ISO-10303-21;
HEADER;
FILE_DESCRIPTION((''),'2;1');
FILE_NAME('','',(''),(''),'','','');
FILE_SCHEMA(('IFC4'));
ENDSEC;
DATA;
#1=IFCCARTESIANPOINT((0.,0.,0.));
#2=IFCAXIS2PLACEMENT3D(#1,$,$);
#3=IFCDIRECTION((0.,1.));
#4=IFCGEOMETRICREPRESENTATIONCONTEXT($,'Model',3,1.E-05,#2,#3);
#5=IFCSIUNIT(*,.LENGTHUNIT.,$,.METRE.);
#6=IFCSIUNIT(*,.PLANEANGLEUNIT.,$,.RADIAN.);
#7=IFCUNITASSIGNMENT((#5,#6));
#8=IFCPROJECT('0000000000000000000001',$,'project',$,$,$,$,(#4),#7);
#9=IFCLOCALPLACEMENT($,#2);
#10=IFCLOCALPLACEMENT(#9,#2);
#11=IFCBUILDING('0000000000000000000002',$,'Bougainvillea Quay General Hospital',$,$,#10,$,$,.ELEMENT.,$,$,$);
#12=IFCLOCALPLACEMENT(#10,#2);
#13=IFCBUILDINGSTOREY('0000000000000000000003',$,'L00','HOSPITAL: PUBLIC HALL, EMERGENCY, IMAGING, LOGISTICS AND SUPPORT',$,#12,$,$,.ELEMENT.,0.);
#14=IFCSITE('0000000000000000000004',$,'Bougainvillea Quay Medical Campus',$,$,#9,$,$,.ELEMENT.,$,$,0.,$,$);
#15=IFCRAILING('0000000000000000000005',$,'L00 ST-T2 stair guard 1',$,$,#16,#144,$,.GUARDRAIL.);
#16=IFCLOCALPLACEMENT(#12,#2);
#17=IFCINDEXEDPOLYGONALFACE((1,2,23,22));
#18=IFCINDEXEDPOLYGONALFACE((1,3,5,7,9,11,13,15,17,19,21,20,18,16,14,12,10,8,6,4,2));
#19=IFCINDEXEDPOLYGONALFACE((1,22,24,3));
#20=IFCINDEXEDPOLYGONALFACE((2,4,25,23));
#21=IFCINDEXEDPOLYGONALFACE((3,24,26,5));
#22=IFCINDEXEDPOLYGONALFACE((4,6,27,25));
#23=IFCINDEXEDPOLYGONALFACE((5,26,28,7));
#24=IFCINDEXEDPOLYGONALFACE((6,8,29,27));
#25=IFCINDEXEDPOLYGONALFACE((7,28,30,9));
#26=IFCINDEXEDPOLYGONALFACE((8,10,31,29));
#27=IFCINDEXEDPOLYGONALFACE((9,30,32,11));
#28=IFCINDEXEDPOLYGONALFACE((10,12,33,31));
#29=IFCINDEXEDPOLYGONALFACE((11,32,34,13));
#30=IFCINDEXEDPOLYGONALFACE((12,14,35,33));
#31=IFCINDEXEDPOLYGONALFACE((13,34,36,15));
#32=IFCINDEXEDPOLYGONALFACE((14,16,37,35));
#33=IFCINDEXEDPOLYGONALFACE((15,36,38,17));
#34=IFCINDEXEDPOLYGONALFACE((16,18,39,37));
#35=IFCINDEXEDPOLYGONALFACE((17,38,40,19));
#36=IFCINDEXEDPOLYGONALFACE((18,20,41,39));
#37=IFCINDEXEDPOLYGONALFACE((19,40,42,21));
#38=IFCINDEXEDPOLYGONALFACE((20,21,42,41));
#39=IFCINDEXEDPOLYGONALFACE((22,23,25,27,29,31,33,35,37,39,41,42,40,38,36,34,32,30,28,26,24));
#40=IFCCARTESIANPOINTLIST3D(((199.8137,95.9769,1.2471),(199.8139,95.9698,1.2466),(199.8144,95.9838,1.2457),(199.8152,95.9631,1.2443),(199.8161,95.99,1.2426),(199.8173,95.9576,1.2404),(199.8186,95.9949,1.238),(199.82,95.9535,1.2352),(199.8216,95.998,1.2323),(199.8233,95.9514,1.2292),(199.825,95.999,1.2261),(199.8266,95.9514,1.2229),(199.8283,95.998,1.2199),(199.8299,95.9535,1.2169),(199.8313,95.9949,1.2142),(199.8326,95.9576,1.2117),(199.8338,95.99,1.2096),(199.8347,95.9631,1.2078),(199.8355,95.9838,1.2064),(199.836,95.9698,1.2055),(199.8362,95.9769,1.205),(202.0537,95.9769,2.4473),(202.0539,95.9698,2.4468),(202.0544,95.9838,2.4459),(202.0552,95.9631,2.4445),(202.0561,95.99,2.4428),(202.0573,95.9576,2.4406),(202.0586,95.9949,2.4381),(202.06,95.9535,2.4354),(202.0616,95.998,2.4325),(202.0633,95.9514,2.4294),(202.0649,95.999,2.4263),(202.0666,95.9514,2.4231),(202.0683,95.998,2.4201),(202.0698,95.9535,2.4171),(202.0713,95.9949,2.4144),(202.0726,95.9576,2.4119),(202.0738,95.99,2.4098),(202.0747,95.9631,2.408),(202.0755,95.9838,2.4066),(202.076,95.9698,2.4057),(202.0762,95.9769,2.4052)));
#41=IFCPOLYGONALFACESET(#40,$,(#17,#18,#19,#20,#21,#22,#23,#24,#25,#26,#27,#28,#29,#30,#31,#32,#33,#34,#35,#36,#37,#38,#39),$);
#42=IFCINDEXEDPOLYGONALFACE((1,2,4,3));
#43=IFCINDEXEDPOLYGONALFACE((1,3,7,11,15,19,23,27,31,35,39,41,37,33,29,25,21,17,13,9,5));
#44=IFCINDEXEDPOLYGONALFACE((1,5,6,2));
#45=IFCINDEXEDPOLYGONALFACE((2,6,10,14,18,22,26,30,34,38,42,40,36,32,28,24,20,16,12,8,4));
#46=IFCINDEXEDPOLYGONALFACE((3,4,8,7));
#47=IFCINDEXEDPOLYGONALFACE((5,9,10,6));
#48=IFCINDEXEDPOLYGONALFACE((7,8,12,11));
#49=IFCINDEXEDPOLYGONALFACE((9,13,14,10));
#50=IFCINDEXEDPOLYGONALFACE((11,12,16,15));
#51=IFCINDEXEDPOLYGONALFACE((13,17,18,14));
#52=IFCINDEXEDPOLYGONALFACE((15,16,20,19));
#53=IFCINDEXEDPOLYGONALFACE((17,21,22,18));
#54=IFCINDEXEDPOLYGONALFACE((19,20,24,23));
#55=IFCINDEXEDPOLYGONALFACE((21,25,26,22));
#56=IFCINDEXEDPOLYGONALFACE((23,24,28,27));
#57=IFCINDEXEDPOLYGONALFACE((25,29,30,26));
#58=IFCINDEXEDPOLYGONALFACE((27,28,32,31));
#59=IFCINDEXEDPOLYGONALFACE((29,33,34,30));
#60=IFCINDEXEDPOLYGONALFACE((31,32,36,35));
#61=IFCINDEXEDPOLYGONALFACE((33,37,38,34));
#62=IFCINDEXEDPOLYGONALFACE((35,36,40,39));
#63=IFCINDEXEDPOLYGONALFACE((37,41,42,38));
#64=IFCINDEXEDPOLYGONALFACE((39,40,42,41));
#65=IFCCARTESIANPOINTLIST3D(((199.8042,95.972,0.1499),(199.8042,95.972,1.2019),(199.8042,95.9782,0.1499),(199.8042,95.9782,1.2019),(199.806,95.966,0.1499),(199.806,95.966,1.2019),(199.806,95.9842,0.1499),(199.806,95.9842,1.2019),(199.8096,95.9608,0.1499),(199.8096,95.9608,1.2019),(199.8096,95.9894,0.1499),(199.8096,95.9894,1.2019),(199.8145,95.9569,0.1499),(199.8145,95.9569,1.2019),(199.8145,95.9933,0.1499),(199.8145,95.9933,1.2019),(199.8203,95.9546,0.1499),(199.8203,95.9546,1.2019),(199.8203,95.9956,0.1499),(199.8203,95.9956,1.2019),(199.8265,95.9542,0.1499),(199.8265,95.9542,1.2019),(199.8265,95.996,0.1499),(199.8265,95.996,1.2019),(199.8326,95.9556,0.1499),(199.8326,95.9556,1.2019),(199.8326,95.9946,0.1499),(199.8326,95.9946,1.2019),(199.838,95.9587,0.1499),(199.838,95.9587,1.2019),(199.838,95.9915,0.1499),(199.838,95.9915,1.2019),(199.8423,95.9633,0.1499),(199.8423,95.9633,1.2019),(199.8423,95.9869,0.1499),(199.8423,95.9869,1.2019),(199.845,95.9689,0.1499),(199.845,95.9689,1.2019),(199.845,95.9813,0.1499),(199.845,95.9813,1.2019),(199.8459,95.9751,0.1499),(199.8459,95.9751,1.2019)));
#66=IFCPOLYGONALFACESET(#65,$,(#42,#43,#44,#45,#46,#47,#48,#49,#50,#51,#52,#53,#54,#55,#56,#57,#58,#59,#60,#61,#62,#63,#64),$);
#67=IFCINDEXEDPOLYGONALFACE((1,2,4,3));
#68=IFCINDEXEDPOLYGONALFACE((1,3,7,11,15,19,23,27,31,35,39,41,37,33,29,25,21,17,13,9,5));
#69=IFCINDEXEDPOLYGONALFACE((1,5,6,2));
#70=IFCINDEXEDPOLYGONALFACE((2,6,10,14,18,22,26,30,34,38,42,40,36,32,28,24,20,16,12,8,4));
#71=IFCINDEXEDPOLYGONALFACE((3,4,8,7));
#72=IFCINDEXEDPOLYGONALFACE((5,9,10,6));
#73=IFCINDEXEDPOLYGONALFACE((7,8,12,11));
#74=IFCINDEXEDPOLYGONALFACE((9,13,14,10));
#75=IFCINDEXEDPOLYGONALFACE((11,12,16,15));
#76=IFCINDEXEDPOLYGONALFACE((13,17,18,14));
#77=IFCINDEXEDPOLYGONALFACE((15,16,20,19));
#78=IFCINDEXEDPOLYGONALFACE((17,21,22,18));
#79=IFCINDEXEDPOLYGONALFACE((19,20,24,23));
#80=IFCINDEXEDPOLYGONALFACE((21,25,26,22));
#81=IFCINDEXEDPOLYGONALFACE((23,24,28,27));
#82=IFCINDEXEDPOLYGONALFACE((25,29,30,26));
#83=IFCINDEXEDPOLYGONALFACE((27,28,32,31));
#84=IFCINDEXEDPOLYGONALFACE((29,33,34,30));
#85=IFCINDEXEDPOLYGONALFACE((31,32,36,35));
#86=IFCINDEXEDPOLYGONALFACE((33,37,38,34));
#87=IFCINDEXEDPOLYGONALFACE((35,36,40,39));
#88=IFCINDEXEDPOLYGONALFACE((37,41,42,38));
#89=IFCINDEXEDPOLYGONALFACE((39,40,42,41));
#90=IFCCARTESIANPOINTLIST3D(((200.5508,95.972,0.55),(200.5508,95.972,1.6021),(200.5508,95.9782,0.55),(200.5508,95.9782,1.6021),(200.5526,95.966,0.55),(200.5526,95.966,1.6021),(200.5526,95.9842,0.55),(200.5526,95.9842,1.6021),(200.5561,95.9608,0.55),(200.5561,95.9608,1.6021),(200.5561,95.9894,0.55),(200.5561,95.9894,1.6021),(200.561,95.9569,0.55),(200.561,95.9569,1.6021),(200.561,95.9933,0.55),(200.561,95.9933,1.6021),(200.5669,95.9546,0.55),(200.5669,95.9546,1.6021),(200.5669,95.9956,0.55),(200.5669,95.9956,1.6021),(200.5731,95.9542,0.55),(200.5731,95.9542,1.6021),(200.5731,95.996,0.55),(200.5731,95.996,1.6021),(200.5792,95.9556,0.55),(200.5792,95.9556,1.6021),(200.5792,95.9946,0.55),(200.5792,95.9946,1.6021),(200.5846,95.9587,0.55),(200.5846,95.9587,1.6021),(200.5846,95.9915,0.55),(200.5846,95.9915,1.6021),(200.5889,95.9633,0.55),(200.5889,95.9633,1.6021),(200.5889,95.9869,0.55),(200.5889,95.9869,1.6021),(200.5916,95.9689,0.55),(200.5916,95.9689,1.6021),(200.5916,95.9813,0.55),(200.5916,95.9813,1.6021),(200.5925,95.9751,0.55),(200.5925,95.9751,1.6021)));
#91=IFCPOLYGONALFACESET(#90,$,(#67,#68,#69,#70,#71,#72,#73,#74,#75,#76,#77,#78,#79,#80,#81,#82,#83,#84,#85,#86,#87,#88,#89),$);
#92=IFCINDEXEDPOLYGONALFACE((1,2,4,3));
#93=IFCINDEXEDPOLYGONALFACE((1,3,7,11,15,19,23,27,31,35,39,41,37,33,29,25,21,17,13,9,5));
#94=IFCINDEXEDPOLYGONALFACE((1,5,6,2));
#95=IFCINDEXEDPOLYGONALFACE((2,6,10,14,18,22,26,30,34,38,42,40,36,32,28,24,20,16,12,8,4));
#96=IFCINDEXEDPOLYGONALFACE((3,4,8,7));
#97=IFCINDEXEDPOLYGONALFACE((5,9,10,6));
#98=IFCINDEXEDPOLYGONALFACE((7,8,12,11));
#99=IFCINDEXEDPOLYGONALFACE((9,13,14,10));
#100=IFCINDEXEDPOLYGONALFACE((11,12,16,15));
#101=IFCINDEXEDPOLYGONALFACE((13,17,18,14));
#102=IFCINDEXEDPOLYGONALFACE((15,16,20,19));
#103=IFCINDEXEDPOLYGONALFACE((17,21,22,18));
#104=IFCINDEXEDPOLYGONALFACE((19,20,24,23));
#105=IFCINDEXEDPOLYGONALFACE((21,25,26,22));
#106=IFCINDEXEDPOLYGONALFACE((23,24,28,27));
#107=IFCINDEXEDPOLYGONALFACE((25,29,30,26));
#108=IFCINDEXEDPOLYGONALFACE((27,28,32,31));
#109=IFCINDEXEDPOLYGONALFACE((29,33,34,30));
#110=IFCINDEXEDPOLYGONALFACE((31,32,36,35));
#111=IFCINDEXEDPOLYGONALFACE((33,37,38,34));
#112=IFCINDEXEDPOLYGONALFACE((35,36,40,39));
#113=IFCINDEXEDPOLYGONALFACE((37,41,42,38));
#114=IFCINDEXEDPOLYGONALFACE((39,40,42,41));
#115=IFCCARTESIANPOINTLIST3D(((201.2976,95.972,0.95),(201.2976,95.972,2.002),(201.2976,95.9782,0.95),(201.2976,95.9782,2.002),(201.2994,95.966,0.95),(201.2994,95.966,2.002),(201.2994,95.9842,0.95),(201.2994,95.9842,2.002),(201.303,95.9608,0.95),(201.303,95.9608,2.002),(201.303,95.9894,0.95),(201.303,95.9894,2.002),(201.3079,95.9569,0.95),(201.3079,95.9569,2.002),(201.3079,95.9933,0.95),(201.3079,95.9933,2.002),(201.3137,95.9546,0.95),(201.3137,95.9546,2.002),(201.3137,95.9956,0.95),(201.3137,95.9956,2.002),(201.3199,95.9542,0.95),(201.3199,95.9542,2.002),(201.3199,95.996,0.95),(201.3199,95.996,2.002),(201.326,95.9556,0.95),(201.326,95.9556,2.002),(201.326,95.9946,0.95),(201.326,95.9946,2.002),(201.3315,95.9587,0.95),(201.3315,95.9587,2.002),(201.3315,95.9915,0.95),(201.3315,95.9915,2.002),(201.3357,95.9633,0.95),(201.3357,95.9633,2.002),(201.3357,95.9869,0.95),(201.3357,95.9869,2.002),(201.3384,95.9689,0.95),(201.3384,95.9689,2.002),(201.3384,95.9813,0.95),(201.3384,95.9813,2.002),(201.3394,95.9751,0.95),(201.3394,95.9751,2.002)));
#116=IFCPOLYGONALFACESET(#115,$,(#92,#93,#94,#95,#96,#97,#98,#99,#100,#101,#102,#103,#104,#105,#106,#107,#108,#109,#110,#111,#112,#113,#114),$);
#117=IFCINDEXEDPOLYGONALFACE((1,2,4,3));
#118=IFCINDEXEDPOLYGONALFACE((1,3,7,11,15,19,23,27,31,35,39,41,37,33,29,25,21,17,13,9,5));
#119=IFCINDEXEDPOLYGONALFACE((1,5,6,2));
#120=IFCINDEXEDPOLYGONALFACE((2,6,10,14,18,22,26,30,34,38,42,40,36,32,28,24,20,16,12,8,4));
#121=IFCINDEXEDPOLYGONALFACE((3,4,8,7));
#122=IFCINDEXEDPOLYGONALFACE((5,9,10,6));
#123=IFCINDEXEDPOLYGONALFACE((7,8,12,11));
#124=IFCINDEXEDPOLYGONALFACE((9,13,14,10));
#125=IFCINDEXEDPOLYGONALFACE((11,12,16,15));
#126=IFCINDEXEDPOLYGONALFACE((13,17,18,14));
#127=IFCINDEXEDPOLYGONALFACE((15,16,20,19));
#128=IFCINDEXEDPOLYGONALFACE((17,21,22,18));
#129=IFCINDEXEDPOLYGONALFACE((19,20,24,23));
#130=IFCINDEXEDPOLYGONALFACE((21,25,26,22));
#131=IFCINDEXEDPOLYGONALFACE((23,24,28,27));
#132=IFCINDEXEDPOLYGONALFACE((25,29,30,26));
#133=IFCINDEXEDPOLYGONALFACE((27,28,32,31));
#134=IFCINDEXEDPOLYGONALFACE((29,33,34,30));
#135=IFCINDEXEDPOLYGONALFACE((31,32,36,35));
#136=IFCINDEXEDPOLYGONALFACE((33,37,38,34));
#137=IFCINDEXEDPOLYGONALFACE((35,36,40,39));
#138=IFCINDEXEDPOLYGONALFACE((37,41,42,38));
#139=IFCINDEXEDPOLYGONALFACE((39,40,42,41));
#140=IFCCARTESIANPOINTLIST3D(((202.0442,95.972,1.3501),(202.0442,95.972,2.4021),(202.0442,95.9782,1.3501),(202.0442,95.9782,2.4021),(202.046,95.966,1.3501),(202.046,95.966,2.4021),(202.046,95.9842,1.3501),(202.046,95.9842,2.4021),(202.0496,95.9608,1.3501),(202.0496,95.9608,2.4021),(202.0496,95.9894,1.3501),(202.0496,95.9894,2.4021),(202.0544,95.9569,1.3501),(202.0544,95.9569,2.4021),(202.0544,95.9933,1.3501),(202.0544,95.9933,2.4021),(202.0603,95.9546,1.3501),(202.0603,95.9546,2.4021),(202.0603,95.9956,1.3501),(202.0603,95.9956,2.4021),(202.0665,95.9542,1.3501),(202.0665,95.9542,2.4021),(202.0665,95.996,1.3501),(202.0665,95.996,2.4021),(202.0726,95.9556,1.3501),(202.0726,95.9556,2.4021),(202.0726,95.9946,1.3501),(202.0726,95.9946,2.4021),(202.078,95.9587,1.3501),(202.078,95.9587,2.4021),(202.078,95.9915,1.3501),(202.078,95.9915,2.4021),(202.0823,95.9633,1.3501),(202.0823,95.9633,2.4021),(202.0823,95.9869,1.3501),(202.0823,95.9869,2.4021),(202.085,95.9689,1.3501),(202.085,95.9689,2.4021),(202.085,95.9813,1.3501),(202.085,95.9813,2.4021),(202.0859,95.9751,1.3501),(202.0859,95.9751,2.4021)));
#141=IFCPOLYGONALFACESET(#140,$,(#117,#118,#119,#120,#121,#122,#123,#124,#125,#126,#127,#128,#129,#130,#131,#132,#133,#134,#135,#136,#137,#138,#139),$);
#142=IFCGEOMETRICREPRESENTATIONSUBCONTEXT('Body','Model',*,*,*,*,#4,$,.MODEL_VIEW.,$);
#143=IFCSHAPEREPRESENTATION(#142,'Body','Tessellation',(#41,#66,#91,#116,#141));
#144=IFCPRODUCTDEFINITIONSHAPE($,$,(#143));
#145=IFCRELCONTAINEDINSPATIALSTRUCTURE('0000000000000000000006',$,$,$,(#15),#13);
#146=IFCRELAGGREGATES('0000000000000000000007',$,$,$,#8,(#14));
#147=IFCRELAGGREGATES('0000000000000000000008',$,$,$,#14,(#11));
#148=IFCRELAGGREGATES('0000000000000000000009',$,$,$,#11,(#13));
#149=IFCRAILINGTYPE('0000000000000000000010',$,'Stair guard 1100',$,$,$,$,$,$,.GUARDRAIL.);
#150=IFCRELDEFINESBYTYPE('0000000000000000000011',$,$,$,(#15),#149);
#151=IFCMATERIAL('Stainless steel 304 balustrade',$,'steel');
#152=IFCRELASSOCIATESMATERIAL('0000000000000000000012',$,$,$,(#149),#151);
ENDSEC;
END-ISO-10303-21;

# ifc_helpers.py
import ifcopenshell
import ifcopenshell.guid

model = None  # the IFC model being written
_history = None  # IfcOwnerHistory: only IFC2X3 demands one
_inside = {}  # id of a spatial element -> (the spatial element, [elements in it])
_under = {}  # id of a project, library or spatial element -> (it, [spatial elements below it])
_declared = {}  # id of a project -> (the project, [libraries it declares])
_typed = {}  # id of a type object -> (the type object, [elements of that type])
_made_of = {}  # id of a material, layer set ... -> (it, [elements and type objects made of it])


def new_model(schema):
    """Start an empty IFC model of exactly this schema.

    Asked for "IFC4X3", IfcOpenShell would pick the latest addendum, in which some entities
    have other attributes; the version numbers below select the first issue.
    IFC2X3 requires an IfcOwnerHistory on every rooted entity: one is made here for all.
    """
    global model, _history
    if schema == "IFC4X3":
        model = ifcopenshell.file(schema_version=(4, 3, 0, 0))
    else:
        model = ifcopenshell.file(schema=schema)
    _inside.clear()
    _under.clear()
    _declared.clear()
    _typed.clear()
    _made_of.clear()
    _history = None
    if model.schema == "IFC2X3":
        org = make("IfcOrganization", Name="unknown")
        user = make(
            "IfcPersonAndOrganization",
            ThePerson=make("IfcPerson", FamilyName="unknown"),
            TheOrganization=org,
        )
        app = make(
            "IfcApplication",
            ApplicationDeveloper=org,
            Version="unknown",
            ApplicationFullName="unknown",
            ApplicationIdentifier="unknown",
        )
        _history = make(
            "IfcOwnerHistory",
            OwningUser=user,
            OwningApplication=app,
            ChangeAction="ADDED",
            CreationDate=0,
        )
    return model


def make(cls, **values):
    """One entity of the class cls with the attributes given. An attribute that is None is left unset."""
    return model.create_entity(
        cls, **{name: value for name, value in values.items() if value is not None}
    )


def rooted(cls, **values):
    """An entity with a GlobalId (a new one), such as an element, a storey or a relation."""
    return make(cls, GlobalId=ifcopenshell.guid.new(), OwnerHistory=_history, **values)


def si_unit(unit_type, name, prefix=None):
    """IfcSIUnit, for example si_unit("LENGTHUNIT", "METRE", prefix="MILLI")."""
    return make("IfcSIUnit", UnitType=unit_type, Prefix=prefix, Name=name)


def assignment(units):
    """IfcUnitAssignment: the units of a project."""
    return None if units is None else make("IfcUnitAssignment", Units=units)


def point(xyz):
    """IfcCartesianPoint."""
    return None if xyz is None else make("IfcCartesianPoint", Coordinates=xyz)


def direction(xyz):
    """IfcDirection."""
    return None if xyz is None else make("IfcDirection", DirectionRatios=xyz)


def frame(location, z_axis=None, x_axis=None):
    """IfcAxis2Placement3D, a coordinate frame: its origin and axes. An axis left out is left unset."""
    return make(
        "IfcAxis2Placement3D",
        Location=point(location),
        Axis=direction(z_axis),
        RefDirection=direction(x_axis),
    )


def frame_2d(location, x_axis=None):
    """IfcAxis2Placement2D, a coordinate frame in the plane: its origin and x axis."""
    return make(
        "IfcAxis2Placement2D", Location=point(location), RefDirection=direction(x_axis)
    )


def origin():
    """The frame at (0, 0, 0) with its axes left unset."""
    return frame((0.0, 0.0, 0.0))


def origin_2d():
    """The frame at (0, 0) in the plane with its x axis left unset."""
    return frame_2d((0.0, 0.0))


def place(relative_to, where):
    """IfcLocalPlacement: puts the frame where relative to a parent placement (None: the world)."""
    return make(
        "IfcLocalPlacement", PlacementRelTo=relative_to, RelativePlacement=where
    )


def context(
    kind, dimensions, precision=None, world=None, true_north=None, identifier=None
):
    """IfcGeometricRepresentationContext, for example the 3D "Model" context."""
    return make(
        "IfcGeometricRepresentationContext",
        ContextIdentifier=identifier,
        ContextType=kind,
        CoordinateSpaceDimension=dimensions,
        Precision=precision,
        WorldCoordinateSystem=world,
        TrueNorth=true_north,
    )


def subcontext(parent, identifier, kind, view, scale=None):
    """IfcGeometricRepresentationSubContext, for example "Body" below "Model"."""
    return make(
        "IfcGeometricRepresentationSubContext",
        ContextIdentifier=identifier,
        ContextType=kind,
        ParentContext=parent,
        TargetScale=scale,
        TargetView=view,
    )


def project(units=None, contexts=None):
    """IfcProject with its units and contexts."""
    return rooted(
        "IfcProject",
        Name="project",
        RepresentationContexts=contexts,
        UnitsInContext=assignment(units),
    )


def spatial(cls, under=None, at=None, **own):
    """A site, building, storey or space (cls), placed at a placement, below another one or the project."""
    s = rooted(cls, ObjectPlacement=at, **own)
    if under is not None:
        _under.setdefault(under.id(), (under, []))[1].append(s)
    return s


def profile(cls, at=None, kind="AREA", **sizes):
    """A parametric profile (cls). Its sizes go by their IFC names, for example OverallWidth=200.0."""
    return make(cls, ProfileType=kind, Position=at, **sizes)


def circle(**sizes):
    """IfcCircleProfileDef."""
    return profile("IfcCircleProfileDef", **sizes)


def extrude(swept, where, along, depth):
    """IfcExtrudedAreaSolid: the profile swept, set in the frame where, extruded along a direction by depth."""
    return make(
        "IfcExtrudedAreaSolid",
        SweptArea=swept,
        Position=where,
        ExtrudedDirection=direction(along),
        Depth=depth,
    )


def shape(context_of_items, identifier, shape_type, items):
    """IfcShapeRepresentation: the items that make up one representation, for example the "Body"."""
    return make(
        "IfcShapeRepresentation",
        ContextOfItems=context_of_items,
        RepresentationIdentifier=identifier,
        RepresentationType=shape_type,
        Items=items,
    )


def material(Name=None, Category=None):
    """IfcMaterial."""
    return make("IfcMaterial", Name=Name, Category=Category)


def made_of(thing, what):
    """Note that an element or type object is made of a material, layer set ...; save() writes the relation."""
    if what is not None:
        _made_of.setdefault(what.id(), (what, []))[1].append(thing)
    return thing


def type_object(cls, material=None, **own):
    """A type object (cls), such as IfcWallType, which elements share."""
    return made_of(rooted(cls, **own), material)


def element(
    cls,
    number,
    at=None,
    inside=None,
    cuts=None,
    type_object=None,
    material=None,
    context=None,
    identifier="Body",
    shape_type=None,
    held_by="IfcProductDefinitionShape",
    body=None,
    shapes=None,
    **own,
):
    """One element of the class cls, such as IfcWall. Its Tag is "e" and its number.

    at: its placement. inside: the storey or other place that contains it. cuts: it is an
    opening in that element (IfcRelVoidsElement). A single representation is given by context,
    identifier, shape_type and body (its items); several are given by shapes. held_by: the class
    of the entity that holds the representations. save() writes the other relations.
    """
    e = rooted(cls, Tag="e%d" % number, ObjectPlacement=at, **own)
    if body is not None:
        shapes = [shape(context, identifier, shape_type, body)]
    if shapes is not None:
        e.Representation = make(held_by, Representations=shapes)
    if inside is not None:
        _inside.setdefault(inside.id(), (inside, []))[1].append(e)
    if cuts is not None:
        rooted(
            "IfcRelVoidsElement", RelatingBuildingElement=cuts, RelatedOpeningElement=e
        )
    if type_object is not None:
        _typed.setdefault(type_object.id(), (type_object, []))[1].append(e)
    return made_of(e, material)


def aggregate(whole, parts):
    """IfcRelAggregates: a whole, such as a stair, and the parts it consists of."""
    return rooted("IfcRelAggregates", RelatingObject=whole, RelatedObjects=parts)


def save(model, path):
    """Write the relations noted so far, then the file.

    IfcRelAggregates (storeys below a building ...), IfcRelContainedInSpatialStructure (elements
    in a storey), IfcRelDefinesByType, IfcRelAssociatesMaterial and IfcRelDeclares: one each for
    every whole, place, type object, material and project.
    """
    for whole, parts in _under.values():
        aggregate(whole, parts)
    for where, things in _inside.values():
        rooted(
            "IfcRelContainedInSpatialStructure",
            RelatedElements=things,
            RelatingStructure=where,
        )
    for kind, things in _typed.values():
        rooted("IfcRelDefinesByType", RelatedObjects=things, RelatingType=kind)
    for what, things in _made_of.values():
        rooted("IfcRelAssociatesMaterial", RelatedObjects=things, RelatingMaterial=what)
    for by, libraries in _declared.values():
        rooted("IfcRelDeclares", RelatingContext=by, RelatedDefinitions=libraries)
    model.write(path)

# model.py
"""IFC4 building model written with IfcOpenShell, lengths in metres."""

from ifc_helpers import new_model, si_unit, direction, frame, origin, origin_2d, place, context, subcontext, project, spatial, circle, extrude, material, type_object, element, save


model = new_model("IFC4")

# Units and contexts
model_context = context("Model", 3, precision=1e-05, world=origin(), true_north=direction((0.0, 1.0)))
body_context = subcontext(model_context, "Body", "Model", "MODEL_VIEW")
ifc_project = project(units=[si_unit("LENGTHUNIT", "METRE"), si_unit("PLANEANGLEUNIT", "RADIAN")], contexts=[model_context])

# Site, building, storey
site_placement = place(None, origin())
site = spatial("IfcSite", under=ifc_project, at=site_placement, Name="Bougainvillea Quay Medical Campus", CompositionType="ELEMENT", RefElevation=0.0)
building_placement = place(site_placement, origin())
building = spatial("IfcBuilding", under=site, at=building_placement, Name="Bougainvillea Quay General Hospital", CompositionType="ELEMENT")
storey_placement = place(building_placement, origin())
storey = spatial("IfcBuildingStorey", under=building, at=storey_placement, Name="L00", Description="HOSPITAL: PUBLIC HALL, EMERGENCY, IMAGING, LOGISTICS AND SUPPORT", CompositionType="ELEMENT", Elevation=0.0)

# Railing
ifc_material_1 = material(Name="Stainless steel 304 balustrade", Category="steel")
railing_type_1 = type_object("IfcRailingType", Name="Stair guard 1100", PredefinedType="GUARDRAIL", material=ifc_material_1)
railing_1_placement = place(storey_placement, frame((199.825, 95.9751, 0.1499)))
element("IfcRailing", 1, at=railing_1_placement, inside=storey, type_object=railing_type_1, Name="L00 ST-T2 stair guard 1", PredefinedType="GUARDRAIL", context=body_context, shape_type="SweptSolid", body=[
    extrude(circle(Radius=0.0239, at=origin_2d()), frame((0.0, 0.0, 1.0762), z_axis=(0.881447, 0.0, 0.472283), x_axis=(0.0, 1.0, 0.0)), (0.0, 0.0, 1.0), 2.5413),
    extrude(circle(Radius=0.021, at=origin_2d()), origin(), (0.0, 0.0, 1.0), 1.052),
    extrude(circle(Radius=0.021, at=origin_2d()), frame((0.7466, 0.0, 0.4001)), (0.0, 0.0, 1.0), 1.052),
    extrude(circle(Radius=0.021, at=origin_2d()), frame((1.4934, 0.0, 0.8)), (0.0, 0.0, 1.0), 1.052),
    extrude(circle(Radius=0.021, at=origin_2d()), frame((2.24, 0.0, 1.2002)), (0.0, 0.0, 1.0), 1.052),
])

save(model, "model.ifc")
